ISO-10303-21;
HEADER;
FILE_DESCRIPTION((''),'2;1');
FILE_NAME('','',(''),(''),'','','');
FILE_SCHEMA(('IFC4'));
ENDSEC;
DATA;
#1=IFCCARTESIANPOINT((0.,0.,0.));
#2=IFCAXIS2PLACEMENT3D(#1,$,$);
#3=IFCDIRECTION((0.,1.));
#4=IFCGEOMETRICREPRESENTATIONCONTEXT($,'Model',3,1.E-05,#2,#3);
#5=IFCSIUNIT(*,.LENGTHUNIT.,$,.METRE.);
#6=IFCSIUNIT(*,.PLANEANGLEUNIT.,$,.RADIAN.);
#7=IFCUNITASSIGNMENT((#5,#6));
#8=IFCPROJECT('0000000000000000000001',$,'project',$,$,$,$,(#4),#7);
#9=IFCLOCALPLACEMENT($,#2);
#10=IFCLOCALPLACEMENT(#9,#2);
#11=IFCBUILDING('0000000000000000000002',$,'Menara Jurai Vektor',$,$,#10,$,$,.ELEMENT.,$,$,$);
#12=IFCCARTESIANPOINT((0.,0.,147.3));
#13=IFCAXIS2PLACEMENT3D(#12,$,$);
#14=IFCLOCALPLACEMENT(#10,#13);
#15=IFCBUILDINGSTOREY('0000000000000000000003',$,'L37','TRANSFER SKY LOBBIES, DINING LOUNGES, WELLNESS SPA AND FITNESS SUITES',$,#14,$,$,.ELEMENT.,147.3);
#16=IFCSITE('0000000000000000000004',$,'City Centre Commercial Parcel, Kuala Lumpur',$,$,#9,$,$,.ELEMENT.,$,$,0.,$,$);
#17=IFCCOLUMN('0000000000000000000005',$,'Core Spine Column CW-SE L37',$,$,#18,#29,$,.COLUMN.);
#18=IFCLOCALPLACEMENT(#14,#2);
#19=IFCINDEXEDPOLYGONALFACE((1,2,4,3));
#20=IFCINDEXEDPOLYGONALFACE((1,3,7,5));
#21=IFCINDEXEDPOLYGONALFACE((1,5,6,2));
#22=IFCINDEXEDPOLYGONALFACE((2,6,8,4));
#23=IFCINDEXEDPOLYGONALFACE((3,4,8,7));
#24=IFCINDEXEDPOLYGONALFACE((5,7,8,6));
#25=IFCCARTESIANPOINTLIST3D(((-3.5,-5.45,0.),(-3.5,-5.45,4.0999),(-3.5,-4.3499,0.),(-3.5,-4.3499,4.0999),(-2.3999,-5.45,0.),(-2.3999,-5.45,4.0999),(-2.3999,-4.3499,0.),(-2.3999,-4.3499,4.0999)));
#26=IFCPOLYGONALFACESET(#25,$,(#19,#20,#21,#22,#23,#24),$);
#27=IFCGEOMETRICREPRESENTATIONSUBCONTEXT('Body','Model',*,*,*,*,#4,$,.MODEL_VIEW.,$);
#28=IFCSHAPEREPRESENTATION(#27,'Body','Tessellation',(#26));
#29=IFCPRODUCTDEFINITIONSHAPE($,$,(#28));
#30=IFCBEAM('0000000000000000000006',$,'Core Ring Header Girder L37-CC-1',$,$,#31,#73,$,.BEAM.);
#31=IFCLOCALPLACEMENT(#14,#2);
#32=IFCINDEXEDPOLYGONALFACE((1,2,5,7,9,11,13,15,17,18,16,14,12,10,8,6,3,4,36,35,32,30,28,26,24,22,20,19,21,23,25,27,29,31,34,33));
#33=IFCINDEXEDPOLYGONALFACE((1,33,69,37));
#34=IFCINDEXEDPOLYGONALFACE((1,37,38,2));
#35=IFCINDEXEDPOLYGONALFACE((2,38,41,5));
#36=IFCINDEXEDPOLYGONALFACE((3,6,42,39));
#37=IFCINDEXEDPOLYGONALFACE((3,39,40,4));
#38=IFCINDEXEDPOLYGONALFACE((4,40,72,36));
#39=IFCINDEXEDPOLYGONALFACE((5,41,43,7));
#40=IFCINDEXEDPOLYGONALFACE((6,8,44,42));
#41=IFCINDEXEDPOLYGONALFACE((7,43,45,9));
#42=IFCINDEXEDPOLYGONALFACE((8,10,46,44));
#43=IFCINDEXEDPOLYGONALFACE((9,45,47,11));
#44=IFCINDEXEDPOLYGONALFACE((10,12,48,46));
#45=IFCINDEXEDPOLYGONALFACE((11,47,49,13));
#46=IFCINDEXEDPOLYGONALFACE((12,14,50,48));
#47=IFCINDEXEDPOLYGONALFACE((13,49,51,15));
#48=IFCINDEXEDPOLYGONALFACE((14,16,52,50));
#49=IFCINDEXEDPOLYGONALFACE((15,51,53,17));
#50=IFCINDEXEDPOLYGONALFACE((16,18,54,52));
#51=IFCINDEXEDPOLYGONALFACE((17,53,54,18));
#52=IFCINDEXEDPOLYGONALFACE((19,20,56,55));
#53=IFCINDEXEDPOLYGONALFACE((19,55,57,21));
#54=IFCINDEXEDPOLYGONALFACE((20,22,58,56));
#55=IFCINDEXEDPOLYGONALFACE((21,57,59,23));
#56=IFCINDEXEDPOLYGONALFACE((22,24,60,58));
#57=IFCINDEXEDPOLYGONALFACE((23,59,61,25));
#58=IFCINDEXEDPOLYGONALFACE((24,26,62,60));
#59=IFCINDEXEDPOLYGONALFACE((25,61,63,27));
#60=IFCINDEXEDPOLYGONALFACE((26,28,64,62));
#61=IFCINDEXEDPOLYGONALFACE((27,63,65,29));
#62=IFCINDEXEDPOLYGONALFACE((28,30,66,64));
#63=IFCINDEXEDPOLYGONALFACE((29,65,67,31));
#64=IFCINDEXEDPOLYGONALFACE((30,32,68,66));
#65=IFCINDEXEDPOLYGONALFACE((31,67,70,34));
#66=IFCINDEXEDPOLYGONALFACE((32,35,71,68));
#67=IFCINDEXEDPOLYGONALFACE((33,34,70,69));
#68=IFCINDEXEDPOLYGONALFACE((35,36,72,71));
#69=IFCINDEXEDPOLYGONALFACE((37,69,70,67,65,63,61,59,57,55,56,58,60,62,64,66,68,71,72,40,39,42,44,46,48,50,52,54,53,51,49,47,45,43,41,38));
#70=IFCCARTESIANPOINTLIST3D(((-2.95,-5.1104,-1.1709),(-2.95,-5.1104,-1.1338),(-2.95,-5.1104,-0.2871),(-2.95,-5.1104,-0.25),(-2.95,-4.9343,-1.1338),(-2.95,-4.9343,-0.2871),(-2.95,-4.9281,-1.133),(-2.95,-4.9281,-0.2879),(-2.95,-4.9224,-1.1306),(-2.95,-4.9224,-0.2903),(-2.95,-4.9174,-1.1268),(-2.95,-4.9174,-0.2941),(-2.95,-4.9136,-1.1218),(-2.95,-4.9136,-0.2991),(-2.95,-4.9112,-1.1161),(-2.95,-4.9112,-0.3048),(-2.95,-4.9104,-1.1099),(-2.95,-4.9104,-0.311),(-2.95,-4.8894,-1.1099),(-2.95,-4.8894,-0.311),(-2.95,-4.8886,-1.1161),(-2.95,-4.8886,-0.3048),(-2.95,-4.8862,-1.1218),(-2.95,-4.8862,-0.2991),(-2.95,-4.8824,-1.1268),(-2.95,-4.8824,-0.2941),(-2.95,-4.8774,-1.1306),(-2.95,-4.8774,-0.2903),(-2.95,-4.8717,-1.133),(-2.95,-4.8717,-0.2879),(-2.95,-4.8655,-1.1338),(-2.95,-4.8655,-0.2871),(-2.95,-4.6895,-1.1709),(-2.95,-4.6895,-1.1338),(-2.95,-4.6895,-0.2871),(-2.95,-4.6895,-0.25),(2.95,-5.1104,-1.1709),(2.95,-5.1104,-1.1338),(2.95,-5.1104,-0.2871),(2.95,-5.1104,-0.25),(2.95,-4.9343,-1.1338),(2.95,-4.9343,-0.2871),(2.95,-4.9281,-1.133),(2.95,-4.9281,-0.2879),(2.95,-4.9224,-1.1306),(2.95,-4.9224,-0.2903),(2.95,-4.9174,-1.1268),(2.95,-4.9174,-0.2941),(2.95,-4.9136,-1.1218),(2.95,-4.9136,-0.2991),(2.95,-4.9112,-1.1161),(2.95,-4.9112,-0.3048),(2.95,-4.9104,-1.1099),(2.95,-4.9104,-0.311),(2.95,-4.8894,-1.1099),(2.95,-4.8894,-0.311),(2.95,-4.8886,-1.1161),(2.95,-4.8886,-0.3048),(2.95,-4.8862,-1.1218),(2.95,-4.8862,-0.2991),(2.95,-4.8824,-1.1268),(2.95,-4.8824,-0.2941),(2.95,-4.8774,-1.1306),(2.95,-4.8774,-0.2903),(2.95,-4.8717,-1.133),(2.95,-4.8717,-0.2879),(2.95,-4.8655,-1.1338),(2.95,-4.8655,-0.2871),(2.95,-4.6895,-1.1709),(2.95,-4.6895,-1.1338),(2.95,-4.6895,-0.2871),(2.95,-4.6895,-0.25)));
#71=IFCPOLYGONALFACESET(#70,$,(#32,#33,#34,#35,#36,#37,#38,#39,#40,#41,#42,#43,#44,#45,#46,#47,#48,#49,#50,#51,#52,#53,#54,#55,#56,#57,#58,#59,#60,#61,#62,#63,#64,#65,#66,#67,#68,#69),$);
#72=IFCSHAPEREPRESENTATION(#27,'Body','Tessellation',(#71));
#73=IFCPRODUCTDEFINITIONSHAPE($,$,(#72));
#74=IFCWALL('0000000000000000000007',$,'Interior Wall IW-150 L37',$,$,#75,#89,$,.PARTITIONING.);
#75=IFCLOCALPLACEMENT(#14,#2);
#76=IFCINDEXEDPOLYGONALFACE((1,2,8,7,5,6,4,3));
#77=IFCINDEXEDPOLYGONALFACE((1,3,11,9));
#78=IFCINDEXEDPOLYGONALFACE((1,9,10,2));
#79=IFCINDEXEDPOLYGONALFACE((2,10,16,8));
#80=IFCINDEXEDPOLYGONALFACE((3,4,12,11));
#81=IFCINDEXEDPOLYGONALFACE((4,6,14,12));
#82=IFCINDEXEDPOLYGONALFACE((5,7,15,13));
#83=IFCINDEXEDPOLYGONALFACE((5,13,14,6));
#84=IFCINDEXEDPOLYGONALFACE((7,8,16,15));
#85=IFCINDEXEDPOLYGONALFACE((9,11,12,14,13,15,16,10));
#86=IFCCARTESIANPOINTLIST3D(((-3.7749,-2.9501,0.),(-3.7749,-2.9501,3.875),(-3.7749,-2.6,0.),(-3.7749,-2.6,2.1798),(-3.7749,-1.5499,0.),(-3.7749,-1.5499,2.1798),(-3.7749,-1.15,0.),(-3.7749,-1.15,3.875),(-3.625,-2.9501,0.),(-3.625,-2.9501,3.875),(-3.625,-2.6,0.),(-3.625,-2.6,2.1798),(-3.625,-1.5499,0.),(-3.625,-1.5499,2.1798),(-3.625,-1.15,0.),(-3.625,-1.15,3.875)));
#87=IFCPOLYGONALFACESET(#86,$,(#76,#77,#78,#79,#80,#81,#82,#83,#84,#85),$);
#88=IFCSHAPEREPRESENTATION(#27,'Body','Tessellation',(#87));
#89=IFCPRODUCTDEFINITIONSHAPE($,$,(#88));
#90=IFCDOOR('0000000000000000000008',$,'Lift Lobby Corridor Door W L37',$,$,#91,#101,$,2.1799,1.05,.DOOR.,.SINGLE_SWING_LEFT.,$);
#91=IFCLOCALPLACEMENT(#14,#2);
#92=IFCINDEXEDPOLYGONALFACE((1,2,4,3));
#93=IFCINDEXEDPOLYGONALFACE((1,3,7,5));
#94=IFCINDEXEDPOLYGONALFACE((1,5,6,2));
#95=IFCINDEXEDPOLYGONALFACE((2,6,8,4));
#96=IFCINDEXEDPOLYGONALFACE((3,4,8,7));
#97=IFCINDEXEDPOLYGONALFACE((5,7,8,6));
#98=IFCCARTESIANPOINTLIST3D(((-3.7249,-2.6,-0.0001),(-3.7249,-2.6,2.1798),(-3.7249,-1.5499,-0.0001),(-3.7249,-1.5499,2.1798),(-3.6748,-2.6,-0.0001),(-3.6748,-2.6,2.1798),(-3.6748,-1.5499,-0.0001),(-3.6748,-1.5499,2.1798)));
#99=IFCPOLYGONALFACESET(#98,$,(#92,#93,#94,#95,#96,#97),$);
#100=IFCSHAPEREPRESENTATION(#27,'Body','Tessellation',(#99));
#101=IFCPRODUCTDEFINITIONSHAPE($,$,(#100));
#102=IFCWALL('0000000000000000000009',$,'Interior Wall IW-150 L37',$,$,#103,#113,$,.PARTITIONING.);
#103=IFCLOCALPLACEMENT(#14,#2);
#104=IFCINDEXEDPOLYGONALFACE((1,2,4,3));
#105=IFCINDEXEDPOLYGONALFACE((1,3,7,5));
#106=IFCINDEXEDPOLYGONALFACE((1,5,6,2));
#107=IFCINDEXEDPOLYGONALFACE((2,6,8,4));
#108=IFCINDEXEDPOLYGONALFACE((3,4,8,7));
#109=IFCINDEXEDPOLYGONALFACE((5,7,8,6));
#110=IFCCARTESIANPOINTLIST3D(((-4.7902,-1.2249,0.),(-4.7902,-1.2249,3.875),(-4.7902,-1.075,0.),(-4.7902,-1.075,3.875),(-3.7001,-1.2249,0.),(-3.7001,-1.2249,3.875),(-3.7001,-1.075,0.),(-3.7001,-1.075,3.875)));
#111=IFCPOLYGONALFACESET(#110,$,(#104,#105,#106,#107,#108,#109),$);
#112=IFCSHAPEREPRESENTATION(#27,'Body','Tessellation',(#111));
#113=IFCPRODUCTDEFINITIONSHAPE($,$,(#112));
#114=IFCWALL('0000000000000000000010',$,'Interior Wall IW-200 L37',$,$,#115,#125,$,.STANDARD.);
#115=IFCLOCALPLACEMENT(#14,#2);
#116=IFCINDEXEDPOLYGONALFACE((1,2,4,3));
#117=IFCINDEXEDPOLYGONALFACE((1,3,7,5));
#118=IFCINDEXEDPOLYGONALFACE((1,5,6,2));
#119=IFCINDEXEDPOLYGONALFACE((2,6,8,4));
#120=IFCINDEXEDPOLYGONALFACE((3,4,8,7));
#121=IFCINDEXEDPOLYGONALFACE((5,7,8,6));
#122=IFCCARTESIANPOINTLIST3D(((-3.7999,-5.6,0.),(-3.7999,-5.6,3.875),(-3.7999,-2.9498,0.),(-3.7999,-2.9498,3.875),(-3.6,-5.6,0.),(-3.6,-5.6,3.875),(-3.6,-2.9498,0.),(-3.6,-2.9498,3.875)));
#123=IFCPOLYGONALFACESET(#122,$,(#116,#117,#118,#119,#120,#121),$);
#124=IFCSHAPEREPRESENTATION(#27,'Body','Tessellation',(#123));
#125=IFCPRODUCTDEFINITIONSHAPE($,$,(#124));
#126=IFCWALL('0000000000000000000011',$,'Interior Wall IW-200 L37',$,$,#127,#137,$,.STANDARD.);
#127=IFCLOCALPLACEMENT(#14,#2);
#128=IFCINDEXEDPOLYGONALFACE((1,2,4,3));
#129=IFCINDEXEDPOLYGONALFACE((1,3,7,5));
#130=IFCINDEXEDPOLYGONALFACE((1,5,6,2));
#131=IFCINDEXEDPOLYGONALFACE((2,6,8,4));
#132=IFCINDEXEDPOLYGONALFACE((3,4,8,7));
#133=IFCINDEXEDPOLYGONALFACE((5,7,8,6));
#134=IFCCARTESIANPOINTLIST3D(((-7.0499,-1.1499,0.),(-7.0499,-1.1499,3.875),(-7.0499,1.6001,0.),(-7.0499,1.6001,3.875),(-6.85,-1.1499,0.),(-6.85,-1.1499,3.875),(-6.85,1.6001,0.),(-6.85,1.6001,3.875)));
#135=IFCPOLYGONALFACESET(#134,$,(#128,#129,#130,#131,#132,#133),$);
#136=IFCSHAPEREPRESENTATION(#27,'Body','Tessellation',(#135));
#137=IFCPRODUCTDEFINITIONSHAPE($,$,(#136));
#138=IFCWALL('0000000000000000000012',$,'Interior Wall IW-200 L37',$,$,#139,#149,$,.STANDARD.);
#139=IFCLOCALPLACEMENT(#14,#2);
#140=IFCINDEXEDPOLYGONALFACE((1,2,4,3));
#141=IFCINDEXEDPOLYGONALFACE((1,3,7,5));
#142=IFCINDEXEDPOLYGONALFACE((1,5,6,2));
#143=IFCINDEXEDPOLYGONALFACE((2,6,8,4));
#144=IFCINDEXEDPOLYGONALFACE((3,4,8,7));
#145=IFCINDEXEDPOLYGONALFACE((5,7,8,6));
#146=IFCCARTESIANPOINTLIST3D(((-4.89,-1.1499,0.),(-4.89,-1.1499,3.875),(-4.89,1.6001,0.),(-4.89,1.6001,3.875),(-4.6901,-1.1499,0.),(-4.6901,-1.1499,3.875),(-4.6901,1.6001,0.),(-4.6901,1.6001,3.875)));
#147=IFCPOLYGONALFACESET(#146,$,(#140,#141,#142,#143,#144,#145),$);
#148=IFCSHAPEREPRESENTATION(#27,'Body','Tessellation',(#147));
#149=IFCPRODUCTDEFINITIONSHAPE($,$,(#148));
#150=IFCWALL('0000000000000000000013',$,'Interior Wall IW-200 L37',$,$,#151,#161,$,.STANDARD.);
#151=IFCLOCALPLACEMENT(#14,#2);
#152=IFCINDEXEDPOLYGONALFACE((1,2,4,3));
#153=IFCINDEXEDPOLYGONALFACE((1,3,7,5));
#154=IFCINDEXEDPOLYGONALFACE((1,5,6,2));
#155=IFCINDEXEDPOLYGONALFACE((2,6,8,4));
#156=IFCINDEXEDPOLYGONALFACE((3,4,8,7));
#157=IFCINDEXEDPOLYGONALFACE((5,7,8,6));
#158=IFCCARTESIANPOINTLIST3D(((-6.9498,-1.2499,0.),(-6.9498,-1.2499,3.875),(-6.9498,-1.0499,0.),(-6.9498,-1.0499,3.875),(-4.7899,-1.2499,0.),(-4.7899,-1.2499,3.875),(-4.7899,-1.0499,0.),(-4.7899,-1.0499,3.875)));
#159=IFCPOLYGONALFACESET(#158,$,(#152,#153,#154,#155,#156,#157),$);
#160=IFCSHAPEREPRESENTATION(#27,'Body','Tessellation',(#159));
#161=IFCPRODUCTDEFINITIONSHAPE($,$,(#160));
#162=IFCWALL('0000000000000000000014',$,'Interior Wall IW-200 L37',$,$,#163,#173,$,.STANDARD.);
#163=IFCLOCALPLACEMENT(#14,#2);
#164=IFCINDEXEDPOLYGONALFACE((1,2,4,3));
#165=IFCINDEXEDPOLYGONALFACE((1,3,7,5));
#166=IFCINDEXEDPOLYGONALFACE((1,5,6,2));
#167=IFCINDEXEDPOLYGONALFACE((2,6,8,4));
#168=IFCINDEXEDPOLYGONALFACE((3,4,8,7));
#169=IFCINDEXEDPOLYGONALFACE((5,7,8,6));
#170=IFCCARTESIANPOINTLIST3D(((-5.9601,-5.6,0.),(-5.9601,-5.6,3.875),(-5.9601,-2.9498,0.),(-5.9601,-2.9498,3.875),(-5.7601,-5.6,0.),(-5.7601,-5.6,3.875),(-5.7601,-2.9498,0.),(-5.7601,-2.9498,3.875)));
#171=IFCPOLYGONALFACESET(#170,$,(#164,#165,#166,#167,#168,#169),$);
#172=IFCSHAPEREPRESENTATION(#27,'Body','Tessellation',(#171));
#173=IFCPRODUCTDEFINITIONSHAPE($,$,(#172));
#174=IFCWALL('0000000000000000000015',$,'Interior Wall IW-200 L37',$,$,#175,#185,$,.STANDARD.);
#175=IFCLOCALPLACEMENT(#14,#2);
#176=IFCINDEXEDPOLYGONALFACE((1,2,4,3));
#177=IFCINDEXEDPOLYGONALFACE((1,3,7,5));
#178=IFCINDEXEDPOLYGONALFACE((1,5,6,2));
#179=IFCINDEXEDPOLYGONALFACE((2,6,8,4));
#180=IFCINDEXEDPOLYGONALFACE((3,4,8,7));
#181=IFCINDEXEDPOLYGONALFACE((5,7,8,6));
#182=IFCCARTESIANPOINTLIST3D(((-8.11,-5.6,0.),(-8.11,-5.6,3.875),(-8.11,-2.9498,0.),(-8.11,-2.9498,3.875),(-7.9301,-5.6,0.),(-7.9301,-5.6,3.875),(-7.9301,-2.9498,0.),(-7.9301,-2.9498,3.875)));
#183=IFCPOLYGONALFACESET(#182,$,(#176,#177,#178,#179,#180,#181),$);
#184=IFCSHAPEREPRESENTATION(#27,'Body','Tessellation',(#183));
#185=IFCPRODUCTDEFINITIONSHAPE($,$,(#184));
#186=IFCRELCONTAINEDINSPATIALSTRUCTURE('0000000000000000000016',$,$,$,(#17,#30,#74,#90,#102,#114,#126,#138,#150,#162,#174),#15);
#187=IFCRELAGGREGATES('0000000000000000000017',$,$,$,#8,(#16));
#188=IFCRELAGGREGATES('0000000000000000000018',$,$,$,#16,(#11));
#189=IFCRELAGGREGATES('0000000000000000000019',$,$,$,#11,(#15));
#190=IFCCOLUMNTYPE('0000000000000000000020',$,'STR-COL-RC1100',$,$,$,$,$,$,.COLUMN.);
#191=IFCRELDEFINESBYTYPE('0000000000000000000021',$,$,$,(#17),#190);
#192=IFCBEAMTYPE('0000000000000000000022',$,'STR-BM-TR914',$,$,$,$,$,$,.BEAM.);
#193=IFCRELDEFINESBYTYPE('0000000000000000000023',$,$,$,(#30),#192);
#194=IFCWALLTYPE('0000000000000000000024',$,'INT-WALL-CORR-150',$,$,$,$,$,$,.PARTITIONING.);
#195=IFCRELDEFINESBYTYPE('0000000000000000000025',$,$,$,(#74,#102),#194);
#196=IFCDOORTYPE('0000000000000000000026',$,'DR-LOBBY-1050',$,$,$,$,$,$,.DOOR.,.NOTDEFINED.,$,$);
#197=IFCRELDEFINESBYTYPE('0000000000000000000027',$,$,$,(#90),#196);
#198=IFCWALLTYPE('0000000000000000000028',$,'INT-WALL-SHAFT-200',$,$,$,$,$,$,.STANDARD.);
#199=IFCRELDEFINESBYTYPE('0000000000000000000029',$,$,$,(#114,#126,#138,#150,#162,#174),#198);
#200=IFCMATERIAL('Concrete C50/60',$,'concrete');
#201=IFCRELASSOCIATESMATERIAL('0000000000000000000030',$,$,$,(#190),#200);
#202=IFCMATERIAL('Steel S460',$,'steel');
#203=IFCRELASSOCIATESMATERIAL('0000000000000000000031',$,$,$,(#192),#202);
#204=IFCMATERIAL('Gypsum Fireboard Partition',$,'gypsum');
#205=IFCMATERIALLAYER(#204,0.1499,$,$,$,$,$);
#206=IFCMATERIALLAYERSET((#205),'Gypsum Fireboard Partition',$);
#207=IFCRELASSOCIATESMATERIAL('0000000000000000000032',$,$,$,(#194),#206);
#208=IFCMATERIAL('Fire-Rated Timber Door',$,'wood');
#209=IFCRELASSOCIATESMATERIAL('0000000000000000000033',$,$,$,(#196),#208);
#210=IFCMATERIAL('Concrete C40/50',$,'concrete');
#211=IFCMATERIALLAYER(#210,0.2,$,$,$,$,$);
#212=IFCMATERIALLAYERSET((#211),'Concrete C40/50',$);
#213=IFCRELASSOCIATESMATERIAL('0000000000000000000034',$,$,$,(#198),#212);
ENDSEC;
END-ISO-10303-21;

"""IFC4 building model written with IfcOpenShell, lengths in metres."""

from ifc_helpers import new_model, si_unit, direction, frame, frame_2d, origin, origin_2d, place, context, subcontext, project, spatial, rectangle, i_section, extrude, material, layer, layer_set, material_profile, profile_set, type_object, element, fill, save


model = new_model("IFC4")

# Units and contexts
model_context = context("Model", 3, precision=1e-05, world=origin(), true_north=direction((0.0, 1.0)))
body_context = subcontext(model_context, "Body", "Model", "MODEL_VIEW")
ifc_project = project(units=[si_unit("LENGTHUNIT", "METRE"), si_unit("PLANEANGLEUNIT", "RADIAN")], contexts=[model_context])

# Site, building, storey
site_placement = place(None, origin())
site = spatial("IfcSite", under=ifc_project, at=site_placement, Name="City Centre Commercial Parcel, Kuala Lumpur", CompositionType="ELEMENT", RefElevation=0.0)
building_placement = place(site_placement, origin())
building = spatial("IfcBuilding", under=site, at=building_placement, Name="Menara Jurai Vektor", CompositionType="ELEMENT")
storey_placement = place(building_placement, frame((0.0, 0.0, 147.3)))
storey = spatial("IfcBuildingStorey", under=building, at=storey_placement, Name="L37", Description="TRANSFER SKY LOBBIES, DINING LOUNGES, WELLNESS SPA AND FITNESS SUITES", CompositionType="ELEMENT", Elevation=147.3)

# Column
ifc_material_1 = material(Name="Concrete C50/60", Category="concrete")
ifc_material_profile_1 = material_profile(ifc_material_1, rectangle(XDim=1.1001, YDim=1.1001, at=origin_2d()), Name="RC 1100x1100")
ifc_profile_set_1 = profile_set([ifc_material_profile_1], Name="Concrete C50/60")
column_type = type_object("IfcColumnType", Name="STR-COL-RC1100", PredefinedType="COLUMN", material=ifc_profile_set_1)
column_placement = place(storey_placement, frame((-2.95, -4.8999, 0.0), z_axis=(0.0, 0.0, 1.0), x_axis=(1.0, 0.0, 0.0)))
element("IfcColumn", 1, at=column_placement, inside=storey, type_object=column_type, Name="Core Spine Column CW-SE L37", PredefinedType="COLUMN", context=body_context, shape_type="SweptSolid", body=[
    extrude(rectangle(XDim=1.1001, YDim=1.1001, at=origin_2d()), origin(), (0.0, 0.0, 1.0), 4.0999),
])

# Beam
ifc_material_2 = material(Name="Steel S460", Category="steel")
ifc_material_profile_2 = material_profile(ifc_material_2, i_section(OverallWidth=0.4209, OverallDepth=0.9209, WebThickness=0.021, FlangeThickness=0.0371, FilletRadius=0.0239, at=origin_2d()), Name="UKB 914x419x388")
ifc_profile_set_2 = profile_set([ifc_material_profile_2], Name="Steel S460")
beam_type = type_object("IfcBeamType", Name="STR-BM-TR914", PredefinedType="BEAM", material=ifc_profile_set_2)
beam_placement = place(storey_placement, frame((-2.95, -4.8999, -0.7104), z_axis=(1.0, 0.0, 0.0), x_axis=(0.0, 1.0, 0.0)))
element("IfcBeam", 2, at=beam_placement, inside=storey, type_object=beam_type, Name="Core Ring Header Girder L37-CC-1", PredefinedType="BEAM", context=body_context, shape_type="SweptSolid", body=[
    extrude(i_section(OverallWidth=0.4209, OverallDepth=0.9209, WebThickness=0.021, FlangeThickness=0.0371, FilletRadius=0.0239, at=origin_2d()), origin(), (0.0, 0.0, 1.0), 5.8999),
])

# Wall, opening, door
ifc_material_3 = material(Name="Gypsum Fireboard Partition", Category="gypsum")
ifc_layer_1 = layer(ifc_material_3, 0.1499)
ifc_layer_set_1 = layer_set([ifc_layer_1], Name="Gypsum Fireboard Partition")
wall_type_1 = type_object("IfcWallType", Name="INT-WALL-CORR-150", PredefinedType="PARTITIONING", material=ifc_layer_set_1)
wall_1_placement = place(storey_placement, frame((-3.7, -2.95, 0.0), z_axis=(0.0, 0.0, 1.0), x_axis=(0.0, 1.0, 0.0)))
wall_1 = element("IfcWall", 3, at=wall_1_placement, inside=storey, type_object=wall_type_1, Name="Interior Wall IW-150 L37", PredefinedType="PARTITIONING", context=body_context, shape_type="SweptSolid", body=[
    extrude(rectangle(XDim=1.8, YDim=0.1499, at=frame_2d((0.8999, 0.0))), origin(), (0.0, 0.0, 1.0), 3.875),
])
opening_1_placement = place(wall_1_placement, frame((0.3501, 0.0, 0.0)))
opening_1 = element("IfcOpeningElement", 4, at=opening_1_placement, cuts=wall_1, PredefinedType="OPENING", context=body_context, shape_type="SweptSolid", body=[
    extrude(rectangle(XDim=1.05, YDim=2.1799, at=frame_2d((0.5249, 1.0898))), frame((0.0, 0.085, 0.0), z_axis=(0.0, -1.0, 0.0), x_axis=(1.0, 0.0, 0.0)), (0.0, 0.0, 1.0), 0.1699),
])
ifc_material_4 = material(Name="Fire-Rated Timber Door", Category="wood")
door_type_1 = type_object("IfcDoorType", Name="DR-LOBBY-1050", OperationType="NOTDEFINED", PredefinedType="DOOR", material=ifc_material_4)
door_1_placement = place(opening_1_placement, origin())
door_1 = element("IfcDoor", 5, at=door_1_placement, inside=storey, type_object=door_type_1, Name="Lift Lobby Corridor Door W L37", OperationType="SINGLE_SWING_LEFT", OverallHeight=2.1799, OverallWidth=1.05, PredefinedType="DOOR", context=body_context, shape_type="SweptSolid", body=[
    extrude(rectangle(XDim=1.05, YDim=2.1799, at=frame_2d((0.5249, 1.0898))), frame((0.0, 0.0249, 0.0), z_axis=(0.0, -1.0, 0.0), x_axis=(1.0, 0.0, 0.0)), (0.0, 0.0, 1.0), 0.05),
])
fill(opening_1, door_1)

# Wall
wall_2_placement = place(storey_placement, frame((-4.79, -1.1499, 0.0), z_axis=(0.0, 0.0, 1.0), x_axis=(1.0, 0.0, 0.0)))
element("IfcWall", 6, at=wall_2_placement, inside=storey, type_object=wall_type_1, Name="Interior Wall IW-150 L37", PredefinedType="PARTITIONING", context=body_context, shape_type="SweptSolid", body=[
    extrude(rectangle(XDim=1.0901, YDim=0.1499, at=frame_2d((0.5449, 0.0))), origin(), (0.0, 0.0, 1.0), 3.875),
])

# Shared definitions
ifc_material_5 = material(Name="Concrete C40/50", Category="concrete")
ifc_layer_2 = layer(ifc_material_5, 0.2)
ifc_layer_set_2 = layer_set([ifc_layer_2], Name="Concrete C40/50")
wall_type_2 = type_object("IfcWallType", Name="INT-WALL-SHAFT-200", PredefinedType="STANDARD", material=ifc_layer_set_2)

# Walls
wall_3_placement = place(storey_placement, frame((-3.7, -5.6001, 0.0), z_axis=(0.0, 0.0, 1.0), x_axis=(0.0, 1.0, 0.0)))
element("IfcWall", 7, at=wall_3_placement, inside=storey, type_object=wall_type_2, Name="Interior Wall IW-200 L37", PredefinedType="STANDARD", context=body_context, shape_type="SweptSolid", body=[
    extrude(rectangle(XDim=2.6501, YDim=0.2, at=frame_2d((1.3252, 0.0))), origin(), (0.0, 0.0, 1.0), 3.875),
])
wall_4_placement = place(storey_placement, frame((-6.95, -1.1499, 0.0), z_axis=(0.0, 0.0, 1.0), x_axis=(0.0, 1.0, 0.0)))
element("IfcWall", 8, at=wall_4_placement, inside=storey, type_object=wall_type_2, Name="Interior Wall IW-200 L37", PredefinedType="STANDARD", context=body_context, shape_type="SweptSolid", body=[
    extrude(rectangle(XDim=2.75, YDim=0.2, at=frame_2d((1.375, 0.0))), origin(), (0.0, 0.0, 1.0), 3.875),
])

# Walls
wall_5_placement = place(storey_placement, frame((-4.79, -1.1499, 0.0), z_axis=(0.0, 0.0, 1.0), x_axis=(0.0, 1.0, 0.0)))
element("IfcWall", 9, at=wall_5_placement, inside=storey, type_object=wall_type_2, Name="Interior Wall IW-200 L37", PredefinedType="STANDARD", context=body_context, shape_type="SweptSolid", body=[
    extrude(rectangle(XDim=2.75, YDim=0.2, at=frame_2d((1.375, 0.0))), origin(), (0.0, 0.0, 1.0), 3.875),
])
wall_6_placement = place(storey_placement, frame((-6.95, -1.1499, 0.0), z_axis=(0.0, 0.0, 1.0), x_axis=(1.0, 0.0, 0.0)))
element("IfcWall", 10, at=wall_6_placement, inside=storey, type_object=wall_type_2, Name="Interior Wall IW-200 L37", PredefinedType="STANDARD", context=body_context, shape_type="SweptSolid", body=[
    extrude(rectangle(XDim=2.1599, YDim=0.2, at=frame_2d((1.0801, 0.0))), origin(), (0.0, 0.0, 1.0), 3.875),
])
wall_7_placement = place(storey_placement, frame((-5.8601, -5.6001, 0.0), z_axis=(0.0, 0.0, 1.0), x_axis=(0.0, 1.0, 0.0)))
element("IfcWall", 11, at=wall_7_placement, inside=storey, type_object=wall_type_2, Name="Interior Wall IW-200 L37", PredefinedType="STANDARD", context=body_context, shape_type="SweptSolid", body=[
    extrude(rectangle(XDim=2.6501, YDim=0.2, at=frame_2d((1.3252, 0.0))), origin(), (0.0, 0.0, 1.0), 3.875),
])
wall_8_placement = place(storey_placement, frame((-8.02, -5.6001, 0.0), z_axis=(0.0, 0.0, 1.0), x_axis=(0.0, 1.0, 0.0)))
element("IfcWall", 12, at=wall_8_placement, inside=storey, type_object=wall_type_2, Name="Interior Wall IW-200 L37", PredefinedType="STANDARD", context=body_context, shape_type="SweptSolid", body=[
    extrude(rectangle(XDim=2.6501, YDim=0.1799, at=frame_2d((1.3252, 0.0))), origin(), (0.0, 0.0, 1.0), 3.875),
])

save(model, "model.ifc")
